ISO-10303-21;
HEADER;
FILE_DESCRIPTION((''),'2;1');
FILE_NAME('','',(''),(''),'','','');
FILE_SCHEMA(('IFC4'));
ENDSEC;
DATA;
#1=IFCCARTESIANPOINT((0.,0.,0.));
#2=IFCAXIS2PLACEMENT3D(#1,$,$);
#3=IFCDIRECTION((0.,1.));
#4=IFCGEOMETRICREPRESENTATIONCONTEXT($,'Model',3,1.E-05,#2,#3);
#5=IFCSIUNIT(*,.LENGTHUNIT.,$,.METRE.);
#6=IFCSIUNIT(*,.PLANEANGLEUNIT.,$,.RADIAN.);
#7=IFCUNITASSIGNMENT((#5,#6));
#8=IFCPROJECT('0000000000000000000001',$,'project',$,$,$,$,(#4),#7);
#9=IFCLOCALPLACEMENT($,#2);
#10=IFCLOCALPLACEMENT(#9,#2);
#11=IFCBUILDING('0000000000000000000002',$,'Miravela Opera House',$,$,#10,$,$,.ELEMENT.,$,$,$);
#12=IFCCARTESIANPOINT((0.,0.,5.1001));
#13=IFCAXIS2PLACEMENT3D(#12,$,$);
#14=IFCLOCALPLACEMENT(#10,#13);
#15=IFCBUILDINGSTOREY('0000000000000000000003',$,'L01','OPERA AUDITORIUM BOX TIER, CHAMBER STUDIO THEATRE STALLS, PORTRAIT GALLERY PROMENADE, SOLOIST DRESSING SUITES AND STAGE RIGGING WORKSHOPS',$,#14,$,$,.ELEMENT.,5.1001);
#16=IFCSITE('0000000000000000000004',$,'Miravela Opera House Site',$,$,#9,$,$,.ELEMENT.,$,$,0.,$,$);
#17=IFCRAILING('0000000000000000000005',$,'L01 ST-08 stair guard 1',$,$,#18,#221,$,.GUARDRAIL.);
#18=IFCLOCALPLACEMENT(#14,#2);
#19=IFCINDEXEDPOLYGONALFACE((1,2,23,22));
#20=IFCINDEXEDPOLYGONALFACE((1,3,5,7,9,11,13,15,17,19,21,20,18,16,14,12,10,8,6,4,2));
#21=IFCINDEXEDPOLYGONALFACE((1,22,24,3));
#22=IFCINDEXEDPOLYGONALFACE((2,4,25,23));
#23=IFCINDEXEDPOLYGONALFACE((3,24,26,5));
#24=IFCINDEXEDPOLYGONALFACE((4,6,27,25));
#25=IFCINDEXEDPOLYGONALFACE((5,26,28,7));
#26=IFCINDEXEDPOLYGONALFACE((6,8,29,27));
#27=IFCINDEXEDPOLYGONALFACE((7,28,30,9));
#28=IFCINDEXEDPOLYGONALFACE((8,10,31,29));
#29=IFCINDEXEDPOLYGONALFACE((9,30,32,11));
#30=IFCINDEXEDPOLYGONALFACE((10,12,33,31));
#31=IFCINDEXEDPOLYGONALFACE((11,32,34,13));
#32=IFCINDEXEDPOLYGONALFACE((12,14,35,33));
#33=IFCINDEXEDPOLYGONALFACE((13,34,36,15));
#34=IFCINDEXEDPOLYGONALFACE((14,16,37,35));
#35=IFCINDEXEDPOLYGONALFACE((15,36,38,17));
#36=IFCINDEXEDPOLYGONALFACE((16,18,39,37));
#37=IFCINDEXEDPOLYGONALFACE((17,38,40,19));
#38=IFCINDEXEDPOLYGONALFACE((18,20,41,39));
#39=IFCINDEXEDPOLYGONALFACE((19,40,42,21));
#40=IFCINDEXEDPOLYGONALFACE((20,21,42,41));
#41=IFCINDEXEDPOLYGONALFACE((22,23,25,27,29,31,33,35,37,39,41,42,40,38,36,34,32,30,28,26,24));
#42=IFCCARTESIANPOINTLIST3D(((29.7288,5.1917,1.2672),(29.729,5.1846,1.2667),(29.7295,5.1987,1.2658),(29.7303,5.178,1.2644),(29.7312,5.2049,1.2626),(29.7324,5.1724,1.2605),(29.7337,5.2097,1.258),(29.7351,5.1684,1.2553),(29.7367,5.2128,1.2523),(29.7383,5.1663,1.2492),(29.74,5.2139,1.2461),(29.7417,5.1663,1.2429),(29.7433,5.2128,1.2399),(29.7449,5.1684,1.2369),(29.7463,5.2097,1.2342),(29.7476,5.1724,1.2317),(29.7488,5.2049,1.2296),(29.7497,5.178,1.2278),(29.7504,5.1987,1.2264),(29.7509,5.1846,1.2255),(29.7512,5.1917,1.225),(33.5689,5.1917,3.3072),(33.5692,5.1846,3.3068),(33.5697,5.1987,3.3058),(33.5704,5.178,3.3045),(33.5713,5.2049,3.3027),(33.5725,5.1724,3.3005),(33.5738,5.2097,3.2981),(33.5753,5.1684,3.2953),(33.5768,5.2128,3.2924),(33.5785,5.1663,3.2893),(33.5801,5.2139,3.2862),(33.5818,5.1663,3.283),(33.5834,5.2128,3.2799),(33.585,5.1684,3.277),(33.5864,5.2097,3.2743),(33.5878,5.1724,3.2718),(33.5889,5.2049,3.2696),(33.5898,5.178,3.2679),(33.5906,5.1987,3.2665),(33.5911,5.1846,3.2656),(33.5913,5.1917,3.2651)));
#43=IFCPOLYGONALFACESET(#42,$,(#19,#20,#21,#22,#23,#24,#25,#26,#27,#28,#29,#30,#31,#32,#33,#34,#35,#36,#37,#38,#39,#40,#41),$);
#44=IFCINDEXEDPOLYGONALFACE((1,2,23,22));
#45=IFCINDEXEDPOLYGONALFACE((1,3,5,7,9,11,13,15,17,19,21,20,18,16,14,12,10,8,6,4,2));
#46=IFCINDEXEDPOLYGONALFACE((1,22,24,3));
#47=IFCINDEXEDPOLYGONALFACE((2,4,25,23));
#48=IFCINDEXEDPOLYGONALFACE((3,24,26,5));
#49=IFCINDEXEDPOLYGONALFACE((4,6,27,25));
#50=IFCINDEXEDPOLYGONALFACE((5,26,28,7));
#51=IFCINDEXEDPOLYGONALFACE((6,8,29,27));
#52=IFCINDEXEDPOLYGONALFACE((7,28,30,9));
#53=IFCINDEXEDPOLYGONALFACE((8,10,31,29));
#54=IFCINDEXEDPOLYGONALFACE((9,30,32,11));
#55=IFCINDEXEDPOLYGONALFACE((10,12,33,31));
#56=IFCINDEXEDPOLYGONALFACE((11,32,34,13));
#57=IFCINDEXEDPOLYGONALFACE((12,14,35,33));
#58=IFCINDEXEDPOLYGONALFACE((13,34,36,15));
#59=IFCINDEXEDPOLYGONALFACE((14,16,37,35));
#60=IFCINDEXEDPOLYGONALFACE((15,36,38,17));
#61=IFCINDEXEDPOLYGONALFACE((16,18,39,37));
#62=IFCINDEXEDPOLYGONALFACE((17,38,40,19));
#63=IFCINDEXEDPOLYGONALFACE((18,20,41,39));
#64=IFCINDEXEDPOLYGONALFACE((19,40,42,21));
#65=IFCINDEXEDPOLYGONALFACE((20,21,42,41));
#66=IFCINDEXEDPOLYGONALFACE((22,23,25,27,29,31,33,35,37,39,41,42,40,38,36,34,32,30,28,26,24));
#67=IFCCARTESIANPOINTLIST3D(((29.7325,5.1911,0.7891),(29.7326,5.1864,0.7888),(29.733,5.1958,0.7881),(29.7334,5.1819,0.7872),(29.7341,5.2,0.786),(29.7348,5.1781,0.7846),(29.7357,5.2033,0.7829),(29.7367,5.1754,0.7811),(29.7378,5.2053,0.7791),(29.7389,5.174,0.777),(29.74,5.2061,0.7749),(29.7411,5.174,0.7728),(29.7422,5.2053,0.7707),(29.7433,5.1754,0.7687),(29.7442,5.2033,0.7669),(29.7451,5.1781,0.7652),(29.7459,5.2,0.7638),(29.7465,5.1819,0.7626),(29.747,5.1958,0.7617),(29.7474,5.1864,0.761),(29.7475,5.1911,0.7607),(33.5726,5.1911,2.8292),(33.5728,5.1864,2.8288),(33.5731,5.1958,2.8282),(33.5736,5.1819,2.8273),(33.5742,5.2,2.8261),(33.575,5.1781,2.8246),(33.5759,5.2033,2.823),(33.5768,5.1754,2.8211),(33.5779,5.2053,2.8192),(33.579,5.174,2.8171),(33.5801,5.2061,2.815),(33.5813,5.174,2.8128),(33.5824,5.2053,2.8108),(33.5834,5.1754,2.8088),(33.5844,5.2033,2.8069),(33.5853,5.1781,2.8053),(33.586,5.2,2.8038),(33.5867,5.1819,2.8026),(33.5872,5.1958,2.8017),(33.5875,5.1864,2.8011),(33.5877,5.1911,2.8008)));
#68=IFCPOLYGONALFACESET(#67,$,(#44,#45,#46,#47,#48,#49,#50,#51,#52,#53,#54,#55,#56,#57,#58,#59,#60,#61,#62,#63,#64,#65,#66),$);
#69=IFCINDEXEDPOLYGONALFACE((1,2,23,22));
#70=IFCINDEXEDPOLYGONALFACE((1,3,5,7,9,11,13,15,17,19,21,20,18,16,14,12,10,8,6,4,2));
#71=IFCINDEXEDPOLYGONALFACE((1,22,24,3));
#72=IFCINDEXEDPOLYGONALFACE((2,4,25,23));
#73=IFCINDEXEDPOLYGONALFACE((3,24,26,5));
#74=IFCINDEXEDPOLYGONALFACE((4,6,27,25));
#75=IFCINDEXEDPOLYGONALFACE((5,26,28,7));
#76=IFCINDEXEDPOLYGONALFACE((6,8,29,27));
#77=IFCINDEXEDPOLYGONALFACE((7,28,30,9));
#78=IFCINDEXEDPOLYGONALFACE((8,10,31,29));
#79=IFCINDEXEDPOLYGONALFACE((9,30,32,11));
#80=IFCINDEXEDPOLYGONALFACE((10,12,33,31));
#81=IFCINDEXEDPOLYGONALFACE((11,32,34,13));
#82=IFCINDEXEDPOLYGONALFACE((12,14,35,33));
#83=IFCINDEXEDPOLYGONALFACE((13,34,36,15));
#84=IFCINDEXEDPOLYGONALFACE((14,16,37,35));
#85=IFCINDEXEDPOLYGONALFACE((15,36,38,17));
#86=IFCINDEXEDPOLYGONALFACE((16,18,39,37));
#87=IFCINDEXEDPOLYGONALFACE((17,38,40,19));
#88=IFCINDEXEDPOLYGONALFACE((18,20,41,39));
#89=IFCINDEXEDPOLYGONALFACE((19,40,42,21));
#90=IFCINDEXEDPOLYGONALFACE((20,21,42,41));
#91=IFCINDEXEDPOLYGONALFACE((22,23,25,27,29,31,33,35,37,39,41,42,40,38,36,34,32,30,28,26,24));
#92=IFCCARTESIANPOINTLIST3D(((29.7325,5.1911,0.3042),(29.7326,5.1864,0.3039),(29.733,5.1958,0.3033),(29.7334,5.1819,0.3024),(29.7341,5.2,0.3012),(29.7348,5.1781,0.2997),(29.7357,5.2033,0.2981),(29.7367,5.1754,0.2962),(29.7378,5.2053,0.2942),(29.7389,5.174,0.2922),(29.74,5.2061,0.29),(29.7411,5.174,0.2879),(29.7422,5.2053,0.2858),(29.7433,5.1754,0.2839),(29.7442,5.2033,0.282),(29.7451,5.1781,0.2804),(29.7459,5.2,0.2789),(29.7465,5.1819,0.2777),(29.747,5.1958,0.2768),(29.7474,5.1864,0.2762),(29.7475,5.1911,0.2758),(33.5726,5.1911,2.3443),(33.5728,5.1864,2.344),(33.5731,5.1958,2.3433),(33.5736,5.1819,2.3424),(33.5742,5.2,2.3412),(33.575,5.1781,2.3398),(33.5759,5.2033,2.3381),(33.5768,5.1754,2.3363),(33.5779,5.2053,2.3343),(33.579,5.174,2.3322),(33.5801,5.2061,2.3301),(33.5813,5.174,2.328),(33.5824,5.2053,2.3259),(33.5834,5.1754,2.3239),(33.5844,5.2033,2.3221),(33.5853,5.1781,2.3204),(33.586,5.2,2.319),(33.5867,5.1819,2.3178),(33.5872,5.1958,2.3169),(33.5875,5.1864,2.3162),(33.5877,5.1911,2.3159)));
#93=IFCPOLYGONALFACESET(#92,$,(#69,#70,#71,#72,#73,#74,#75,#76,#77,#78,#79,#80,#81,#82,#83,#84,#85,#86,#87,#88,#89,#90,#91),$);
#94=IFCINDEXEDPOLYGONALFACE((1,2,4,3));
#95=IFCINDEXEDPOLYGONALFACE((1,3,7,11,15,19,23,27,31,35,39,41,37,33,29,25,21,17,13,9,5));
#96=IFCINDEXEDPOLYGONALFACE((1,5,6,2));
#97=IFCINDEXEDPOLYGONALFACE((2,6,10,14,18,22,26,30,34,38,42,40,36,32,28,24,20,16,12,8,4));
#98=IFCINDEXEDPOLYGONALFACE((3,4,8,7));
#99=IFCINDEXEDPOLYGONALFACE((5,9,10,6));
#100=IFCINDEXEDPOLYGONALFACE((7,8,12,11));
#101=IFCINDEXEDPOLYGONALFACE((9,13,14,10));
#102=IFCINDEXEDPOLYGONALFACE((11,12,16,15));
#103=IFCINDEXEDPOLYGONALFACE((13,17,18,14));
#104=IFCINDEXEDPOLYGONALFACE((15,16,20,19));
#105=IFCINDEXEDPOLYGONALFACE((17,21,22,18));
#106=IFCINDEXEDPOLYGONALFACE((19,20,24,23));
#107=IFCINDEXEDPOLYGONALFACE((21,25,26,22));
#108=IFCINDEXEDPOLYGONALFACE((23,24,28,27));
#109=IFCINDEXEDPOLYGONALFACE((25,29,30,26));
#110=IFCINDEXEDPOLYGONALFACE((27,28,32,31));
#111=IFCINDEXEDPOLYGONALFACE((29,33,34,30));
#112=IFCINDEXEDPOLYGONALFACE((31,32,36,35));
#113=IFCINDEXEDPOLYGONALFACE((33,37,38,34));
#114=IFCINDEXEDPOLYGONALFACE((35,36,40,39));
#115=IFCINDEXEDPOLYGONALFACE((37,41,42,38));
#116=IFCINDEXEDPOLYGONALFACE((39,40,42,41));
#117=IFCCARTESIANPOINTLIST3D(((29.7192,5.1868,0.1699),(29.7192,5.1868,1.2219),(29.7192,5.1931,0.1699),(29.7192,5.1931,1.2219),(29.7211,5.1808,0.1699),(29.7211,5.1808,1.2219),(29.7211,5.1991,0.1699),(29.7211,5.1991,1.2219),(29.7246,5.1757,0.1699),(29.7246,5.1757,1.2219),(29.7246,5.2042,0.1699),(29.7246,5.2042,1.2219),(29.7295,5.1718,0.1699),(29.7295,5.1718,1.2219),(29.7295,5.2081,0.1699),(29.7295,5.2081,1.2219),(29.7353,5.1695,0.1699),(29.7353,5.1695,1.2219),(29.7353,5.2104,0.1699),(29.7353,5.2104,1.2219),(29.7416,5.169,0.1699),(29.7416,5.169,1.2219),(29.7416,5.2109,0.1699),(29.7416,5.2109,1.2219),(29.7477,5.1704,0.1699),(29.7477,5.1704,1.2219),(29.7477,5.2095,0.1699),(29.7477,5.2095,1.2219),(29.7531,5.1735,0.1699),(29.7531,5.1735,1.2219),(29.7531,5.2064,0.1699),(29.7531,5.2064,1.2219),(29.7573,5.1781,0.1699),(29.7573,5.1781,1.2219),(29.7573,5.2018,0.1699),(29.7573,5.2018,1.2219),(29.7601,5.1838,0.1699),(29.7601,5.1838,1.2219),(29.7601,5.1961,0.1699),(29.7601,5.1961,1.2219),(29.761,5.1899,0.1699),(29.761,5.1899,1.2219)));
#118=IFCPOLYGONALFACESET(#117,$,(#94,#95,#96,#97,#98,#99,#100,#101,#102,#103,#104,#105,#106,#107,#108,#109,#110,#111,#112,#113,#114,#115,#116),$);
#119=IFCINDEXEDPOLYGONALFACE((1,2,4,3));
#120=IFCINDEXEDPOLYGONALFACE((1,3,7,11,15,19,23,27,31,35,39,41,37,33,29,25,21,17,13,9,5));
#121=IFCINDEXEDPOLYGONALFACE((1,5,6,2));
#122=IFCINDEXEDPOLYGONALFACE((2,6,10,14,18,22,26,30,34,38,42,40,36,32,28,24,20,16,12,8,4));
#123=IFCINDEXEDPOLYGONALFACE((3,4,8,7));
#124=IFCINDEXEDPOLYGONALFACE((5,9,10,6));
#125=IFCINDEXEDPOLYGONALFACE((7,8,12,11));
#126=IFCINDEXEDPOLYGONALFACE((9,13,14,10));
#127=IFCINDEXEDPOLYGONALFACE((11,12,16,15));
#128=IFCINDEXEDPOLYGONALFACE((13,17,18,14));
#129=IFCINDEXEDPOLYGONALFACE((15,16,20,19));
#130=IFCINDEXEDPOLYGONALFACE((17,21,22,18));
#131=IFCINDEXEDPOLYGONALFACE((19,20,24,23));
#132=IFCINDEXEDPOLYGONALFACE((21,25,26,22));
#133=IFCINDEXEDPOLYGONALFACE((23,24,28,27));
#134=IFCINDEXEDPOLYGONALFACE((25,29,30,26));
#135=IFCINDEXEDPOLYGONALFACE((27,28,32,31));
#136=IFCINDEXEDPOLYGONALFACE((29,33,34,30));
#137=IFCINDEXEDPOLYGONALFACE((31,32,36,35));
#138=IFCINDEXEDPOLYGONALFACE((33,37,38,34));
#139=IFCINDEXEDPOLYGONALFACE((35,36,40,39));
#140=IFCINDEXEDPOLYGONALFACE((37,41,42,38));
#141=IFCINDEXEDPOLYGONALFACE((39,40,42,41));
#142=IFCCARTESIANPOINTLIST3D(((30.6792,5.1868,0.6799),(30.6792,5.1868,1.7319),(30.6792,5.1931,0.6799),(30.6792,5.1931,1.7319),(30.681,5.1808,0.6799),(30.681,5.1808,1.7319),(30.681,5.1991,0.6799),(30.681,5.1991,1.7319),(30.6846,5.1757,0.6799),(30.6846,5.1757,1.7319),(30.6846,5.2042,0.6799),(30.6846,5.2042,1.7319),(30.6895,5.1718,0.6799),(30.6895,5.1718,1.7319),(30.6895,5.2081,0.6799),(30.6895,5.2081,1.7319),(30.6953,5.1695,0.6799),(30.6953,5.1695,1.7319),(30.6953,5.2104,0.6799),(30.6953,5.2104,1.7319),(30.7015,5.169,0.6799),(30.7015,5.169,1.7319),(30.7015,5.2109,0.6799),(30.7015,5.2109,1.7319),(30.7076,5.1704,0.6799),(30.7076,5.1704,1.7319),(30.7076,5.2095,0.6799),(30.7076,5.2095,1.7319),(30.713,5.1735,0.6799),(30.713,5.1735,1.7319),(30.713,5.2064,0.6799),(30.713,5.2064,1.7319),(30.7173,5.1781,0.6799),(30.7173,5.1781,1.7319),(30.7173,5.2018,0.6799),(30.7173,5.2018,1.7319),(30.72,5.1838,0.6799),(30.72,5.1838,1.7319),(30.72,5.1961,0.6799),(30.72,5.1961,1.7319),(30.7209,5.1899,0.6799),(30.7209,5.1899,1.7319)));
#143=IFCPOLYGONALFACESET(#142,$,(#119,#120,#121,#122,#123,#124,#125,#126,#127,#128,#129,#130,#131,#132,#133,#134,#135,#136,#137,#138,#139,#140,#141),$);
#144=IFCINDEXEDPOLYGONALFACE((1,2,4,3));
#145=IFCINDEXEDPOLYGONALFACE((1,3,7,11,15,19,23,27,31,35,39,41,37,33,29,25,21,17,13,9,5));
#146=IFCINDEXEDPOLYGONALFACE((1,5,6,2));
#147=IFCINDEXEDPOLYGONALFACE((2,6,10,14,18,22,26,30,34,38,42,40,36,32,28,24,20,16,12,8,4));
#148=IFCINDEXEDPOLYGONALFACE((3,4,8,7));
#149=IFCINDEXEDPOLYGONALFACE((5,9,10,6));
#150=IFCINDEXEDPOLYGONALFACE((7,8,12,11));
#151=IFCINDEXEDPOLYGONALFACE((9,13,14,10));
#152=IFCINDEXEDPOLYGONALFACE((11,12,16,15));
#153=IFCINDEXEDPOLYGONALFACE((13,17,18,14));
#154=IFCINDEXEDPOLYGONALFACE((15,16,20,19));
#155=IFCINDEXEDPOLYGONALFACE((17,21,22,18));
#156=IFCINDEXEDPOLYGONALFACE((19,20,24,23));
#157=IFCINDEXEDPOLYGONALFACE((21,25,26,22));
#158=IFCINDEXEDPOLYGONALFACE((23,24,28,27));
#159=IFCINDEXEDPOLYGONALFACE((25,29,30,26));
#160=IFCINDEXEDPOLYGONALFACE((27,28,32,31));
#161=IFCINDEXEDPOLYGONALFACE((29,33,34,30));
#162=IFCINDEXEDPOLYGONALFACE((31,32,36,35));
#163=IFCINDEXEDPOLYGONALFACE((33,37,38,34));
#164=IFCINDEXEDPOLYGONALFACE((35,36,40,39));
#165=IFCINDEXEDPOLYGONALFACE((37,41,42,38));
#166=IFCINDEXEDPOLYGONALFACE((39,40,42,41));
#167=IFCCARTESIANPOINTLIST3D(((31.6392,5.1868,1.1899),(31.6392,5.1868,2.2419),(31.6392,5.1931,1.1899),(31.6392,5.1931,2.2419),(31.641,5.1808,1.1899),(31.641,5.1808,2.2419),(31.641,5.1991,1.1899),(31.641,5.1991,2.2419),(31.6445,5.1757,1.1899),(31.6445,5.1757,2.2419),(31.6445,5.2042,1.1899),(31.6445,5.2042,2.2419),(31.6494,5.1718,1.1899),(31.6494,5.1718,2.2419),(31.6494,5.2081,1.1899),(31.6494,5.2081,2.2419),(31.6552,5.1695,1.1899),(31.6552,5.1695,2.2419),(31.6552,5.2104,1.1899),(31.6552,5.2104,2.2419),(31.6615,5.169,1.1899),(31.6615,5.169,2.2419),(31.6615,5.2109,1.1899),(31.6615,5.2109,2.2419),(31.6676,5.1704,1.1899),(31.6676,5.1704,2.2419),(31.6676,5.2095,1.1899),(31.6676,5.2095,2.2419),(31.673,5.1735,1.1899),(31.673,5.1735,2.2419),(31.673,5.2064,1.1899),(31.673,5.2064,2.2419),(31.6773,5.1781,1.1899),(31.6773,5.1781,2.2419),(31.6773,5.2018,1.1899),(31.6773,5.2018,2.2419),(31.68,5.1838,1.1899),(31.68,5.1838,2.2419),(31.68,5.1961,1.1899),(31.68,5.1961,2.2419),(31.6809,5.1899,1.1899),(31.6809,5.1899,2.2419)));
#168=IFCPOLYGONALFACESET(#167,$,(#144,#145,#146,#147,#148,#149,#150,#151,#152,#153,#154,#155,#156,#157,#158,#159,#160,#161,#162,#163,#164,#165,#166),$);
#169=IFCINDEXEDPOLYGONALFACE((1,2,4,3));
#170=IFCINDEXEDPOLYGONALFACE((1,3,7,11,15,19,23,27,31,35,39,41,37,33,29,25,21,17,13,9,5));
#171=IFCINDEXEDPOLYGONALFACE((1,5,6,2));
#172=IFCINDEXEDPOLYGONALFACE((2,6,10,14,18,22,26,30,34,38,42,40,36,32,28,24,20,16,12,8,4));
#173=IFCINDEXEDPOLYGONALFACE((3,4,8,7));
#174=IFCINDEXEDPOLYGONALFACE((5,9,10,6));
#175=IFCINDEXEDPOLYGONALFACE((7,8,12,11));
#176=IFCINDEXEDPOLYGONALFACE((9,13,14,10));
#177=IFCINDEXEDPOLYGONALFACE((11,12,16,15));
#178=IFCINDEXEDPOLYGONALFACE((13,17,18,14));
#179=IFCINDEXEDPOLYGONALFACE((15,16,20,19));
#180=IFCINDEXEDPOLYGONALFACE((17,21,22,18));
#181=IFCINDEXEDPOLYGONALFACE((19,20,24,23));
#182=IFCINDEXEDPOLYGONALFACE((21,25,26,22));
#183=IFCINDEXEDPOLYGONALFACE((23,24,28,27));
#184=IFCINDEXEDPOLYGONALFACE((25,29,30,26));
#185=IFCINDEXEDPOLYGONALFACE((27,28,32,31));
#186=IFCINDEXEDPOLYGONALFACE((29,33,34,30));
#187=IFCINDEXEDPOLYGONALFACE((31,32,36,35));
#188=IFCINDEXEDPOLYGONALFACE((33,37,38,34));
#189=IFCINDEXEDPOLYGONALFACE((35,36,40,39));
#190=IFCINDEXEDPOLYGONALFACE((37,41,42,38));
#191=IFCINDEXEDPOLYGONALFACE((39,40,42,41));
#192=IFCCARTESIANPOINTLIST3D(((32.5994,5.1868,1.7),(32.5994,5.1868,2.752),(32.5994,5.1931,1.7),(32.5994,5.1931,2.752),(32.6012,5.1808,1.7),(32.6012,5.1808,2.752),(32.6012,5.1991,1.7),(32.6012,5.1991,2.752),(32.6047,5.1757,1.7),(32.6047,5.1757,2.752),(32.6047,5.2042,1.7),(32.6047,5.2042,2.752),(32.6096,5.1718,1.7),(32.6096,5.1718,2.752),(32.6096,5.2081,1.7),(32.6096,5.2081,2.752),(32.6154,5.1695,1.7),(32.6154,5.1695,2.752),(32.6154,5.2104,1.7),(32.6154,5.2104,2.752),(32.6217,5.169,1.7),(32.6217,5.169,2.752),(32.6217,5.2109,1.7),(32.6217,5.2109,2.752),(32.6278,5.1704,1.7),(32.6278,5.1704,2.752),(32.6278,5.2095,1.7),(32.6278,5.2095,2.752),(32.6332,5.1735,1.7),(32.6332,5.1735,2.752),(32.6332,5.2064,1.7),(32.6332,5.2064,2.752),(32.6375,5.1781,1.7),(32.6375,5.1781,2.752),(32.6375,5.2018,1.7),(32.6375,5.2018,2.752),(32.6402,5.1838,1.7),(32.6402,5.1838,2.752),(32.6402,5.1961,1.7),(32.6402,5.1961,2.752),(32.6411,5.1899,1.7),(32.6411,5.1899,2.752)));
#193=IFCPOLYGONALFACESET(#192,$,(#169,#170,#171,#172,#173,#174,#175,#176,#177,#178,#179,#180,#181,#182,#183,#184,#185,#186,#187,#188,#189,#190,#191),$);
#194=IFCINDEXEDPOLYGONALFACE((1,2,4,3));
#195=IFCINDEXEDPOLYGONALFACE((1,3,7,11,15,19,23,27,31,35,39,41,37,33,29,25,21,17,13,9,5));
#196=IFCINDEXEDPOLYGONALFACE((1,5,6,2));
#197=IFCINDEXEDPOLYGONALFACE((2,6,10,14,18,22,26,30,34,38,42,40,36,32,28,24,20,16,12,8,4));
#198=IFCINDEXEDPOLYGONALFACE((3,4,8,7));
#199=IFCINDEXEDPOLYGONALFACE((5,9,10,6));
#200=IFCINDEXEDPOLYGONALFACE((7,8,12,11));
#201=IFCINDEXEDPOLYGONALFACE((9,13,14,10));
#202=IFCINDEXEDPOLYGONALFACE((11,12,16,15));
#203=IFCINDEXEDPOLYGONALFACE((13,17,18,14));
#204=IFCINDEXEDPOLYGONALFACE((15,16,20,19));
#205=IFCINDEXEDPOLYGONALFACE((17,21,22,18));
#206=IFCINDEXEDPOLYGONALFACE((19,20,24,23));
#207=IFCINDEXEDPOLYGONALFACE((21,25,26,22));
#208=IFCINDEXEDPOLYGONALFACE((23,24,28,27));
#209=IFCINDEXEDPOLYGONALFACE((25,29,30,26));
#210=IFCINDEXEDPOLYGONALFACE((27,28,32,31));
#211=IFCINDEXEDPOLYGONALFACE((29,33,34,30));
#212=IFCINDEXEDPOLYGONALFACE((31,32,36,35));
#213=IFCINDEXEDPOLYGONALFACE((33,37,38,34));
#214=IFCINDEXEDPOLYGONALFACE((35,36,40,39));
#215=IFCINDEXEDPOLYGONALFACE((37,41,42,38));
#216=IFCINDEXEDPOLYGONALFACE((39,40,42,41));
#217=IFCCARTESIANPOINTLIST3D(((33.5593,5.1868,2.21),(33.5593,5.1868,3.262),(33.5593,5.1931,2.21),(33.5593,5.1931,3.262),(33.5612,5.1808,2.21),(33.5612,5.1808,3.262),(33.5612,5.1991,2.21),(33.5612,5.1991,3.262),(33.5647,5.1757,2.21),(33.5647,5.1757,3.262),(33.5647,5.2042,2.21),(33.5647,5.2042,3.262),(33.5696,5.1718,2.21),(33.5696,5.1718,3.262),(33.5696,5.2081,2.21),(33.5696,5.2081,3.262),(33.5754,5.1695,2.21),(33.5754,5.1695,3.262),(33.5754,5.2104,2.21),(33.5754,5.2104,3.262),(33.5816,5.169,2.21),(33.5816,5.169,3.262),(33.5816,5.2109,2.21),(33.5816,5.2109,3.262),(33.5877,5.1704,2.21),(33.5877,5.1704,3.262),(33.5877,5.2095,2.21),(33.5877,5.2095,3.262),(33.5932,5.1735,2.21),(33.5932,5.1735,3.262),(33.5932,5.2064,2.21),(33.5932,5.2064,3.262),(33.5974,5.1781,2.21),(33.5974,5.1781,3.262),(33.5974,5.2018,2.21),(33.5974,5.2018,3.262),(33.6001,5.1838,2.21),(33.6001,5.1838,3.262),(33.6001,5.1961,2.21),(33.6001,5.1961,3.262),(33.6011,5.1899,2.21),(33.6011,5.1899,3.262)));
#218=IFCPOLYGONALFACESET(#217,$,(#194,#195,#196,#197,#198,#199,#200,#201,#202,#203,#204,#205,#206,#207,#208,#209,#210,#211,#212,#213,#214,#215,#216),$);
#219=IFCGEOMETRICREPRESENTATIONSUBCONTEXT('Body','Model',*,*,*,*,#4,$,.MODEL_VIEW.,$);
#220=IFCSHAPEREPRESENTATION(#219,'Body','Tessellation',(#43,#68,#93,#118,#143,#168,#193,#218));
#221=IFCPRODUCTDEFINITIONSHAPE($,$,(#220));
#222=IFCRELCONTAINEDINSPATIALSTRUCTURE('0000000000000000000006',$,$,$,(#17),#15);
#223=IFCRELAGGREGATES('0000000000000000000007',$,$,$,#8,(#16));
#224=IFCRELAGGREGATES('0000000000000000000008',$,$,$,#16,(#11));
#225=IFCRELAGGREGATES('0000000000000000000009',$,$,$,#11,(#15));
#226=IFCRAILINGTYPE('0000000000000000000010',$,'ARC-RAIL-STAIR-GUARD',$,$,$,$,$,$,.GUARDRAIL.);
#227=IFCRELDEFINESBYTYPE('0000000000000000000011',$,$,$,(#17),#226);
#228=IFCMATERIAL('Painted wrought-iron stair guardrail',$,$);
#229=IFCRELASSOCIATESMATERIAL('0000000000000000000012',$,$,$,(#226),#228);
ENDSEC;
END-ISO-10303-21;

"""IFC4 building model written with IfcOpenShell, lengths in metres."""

from ifc_helpers import new_model, si_unit, direction, frame, origin, origin_2d, place, context, subcontext, project, spatial, circle, extrude, material, type_object, element, save


model = new_model("IFC4")

# Units and contexts
model_context = context("Model", 3, precision=1e-05, world=origin(), true_north=direction((0.0, 1.0)))
body_context = subcontext(model_context, "Body", "Model", "MODEL_VIEW")
ifc_project = project(units=[si_unit("LENGTHUNIT", "METRE"), si_unit("PLANEANGLEUNIT", "RADIAN")], contexts=[model_context])

# Site, building, storey
site_placement = place(None, origin())
site = spatial("IfcSite", under=ifc_project, at=site_placement, Name="Miravela Opera House Site", CompositionType="ELEMENT", RefElevation=0.0)
building_placement = place(site_placement, origin())
building = spatial("IfcBuilding", under=site, at=building_placement, Name="Miravela Opera House", CompositionType="ELEMENT")
storey_placement = place(building_placement, frame((0.0, 0.0, 5.1001)))
storey = spatial("IfcBuildingStorey", under=building, at=storey_placement, Name="L01", Description="OPERA AUDITORIUM BOX TIER, CHAMBER STUDIO THEATRE STALLS, PORTRAIT GALLERY PROMENADE, SOLOIST DRESSING SUITES AND STAGE RIGGING WORKSHOPS", CompositionType="ELEMENT", Elevation=5.1001)

# Railing
ifc_material_1 = material(Name="Painted wrought-iron stair guardrail")
railing_type_1 = type_object("IfcRailingType", Name="ARC-RAIL-STAIR-GUARD", PredefinedType="GUARDRAIL", material=ifc_material_1)
railing_1_placement = place(storey_placement, frame((29.74, 5.1899, 0.1699)))
element("IfcRailing", 1, at=railing_1_placement, inside=storey, type_object=railing_type_1, Name="L01 ST-08 stair guard 1", PredefinedType="GUARDRAIL", context=body_context, shape_type="SweptSolid", body=[
    extrude(circle(Radius=0.0239, at=origin_2d()), frame((0.0, 0.0, 1.0762), z_axis=(0.883116, 0.0, 0.469154), x_axis=(0.0, 1.0, 0.0)), (0.0, 0.0, 1.0), 4.3484),
    extrude(circle(Radius=0.0161, at=origin_2d()), frame((0.0, 0.0, 0.605), z_axis=(0.883116, 0.0, 0.469154), x_axis=(0.0, 1.0, 0.0)), (0.0, 0.0, 1.0), 4.3484),
    extrude(circle(Radius=0.0161, at=origin_2d()), frame((0.0, 0.0, 0.1201), z_axis=(0.883116, 0.0, 0.469154), x_axis=(0.0, 1.0, 0.0)), (0.0, 0.0, 1.0), 4.3484),
    extrude(circle(Radius=0.021, at=origin_2d()), origin(), (0.0, 0.0, 1.0), 1.052),
    extrude(circle(Radius=0.021, at=origin_2d()), frame((0.96, 0.0, 0.51)), (0.0, 0.0, 1.0), 1.052),
    extrude(circle(Radius=0.021, at=origin_2d()), frame((1.9199, 0.0, 1.02)), (0.0, 0.0, 1.0), 1.052),
    extrude(circle(Radius=0.021, at=origin_2d()), frame((2.8801, 0.0, 1.53)), (0.0, 0.0, 1.0), 1.052),
    extrude(circle(Radius=0.021, at=origin_2d()), frame((3.8401, 0.0, 2.04)), (0.0, 0.0, 1.0), 1.052),
])

save(model, "model.ifc")
